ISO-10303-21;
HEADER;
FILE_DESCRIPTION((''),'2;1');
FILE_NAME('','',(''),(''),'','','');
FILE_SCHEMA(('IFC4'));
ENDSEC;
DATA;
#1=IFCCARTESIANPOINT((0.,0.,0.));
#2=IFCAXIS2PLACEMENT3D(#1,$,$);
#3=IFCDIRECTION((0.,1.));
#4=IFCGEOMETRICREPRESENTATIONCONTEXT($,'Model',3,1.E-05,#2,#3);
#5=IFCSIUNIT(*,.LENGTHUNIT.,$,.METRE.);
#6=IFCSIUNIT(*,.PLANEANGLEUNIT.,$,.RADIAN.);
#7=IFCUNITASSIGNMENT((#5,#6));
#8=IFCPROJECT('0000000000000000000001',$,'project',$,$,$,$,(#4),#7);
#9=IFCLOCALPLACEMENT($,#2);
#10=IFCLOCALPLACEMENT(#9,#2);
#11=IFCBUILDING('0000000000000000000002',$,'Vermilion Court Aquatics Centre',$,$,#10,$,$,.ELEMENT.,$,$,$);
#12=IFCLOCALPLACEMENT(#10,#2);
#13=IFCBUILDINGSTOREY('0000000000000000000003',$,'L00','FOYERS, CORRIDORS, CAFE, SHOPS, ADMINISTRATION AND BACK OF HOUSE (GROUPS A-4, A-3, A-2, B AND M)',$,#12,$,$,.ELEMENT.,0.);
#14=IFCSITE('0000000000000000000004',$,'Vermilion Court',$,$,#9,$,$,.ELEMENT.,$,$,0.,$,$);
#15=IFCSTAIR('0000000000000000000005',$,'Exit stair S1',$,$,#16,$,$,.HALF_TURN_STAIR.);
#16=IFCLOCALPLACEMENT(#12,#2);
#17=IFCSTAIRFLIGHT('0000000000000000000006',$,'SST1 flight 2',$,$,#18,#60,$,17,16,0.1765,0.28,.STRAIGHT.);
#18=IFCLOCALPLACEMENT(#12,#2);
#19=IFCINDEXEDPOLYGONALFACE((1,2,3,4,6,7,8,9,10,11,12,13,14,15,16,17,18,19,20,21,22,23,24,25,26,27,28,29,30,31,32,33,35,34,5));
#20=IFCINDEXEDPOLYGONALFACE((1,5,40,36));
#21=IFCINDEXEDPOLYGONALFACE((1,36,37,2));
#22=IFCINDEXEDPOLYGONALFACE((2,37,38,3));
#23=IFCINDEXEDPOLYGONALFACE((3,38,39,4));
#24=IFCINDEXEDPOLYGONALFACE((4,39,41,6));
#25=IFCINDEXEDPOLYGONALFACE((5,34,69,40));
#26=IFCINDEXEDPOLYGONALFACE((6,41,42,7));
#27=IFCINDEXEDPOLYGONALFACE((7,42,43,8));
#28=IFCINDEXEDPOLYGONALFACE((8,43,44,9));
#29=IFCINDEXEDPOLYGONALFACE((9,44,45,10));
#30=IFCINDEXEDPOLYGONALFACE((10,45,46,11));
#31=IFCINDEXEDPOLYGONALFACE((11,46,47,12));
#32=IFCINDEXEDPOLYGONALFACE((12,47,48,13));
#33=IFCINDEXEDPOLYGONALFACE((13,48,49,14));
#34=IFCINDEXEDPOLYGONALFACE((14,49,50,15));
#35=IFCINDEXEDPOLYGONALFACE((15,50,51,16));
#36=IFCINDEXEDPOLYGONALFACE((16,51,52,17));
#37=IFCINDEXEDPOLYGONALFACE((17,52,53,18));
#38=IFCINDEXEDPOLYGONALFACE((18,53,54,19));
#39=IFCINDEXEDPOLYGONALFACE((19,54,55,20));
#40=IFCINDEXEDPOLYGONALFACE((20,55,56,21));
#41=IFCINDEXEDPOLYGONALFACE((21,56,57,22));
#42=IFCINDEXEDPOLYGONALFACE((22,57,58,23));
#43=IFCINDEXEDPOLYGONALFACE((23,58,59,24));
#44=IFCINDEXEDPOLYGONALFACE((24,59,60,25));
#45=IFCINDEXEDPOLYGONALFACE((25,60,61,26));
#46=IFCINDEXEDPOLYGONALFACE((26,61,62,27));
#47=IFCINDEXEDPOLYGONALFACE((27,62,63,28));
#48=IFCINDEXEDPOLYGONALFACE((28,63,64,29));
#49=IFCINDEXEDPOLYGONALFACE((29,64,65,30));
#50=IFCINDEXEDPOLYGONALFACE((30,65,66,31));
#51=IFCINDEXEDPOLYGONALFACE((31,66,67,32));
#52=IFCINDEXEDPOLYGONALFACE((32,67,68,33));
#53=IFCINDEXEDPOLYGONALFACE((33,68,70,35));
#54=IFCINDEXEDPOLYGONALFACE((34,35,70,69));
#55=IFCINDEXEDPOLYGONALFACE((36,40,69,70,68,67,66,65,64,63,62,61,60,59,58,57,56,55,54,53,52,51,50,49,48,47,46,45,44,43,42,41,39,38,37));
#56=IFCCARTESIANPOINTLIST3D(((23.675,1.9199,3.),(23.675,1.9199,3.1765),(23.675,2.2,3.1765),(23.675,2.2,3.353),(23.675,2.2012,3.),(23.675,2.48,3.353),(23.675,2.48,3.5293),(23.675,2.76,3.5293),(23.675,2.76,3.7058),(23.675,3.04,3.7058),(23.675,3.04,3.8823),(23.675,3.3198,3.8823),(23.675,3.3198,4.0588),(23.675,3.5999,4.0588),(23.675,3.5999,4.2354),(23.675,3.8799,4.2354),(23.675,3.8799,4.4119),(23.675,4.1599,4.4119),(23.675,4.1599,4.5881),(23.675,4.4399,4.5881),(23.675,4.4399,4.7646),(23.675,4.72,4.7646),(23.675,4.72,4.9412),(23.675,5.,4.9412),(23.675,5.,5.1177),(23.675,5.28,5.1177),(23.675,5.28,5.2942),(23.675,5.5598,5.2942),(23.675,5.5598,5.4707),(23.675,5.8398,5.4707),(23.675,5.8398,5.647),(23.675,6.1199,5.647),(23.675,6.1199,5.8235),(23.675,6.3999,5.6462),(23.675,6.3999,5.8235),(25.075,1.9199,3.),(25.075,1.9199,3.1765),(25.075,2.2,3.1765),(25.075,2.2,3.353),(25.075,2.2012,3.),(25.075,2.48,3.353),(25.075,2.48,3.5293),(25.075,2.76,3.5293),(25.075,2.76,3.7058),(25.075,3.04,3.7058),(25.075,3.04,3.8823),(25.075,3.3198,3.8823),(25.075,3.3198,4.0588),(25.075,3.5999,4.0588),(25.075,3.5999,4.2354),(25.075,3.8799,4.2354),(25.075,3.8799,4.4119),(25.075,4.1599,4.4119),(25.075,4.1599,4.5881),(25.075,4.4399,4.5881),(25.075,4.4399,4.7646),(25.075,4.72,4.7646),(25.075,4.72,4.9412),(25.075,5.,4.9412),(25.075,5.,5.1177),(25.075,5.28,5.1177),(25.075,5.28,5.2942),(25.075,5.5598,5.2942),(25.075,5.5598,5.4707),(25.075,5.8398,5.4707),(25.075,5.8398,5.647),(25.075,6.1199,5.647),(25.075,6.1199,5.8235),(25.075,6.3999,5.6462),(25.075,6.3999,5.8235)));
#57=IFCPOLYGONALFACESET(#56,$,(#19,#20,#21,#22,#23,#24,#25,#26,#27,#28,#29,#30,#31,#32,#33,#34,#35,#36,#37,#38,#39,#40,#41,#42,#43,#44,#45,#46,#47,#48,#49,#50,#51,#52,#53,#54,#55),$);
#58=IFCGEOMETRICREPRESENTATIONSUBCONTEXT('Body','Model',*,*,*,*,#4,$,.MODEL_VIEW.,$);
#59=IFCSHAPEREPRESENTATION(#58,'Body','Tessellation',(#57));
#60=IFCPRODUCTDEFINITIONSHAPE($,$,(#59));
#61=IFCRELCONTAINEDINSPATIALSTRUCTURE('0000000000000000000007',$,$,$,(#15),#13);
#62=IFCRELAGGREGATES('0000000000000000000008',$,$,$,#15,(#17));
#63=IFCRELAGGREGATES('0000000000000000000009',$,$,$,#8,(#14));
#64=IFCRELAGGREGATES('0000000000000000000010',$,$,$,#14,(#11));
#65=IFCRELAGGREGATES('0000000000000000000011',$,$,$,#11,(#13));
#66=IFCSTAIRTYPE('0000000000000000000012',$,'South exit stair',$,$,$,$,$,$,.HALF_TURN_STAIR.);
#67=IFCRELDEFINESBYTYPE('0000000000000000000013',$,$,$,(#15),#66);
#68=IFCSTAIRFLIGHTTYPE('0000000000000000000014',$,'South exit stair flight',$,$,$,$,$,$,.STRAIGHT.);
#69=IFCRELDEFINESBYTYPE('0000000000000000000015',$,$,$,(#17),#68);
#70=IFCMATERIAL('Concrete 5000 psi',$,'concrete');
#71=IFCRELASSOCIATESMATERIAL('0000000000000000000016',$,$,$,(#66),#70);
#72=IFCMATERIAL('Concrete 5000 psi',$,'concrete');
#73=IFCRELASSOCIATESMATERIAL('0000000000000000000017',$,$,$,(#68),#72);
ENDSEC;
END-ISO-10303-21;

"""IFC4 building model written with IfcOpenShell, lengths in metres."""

from ifc_helpers import new_model, si_unit, direction, frame, origin, place, context, subcontext, project, spatial, polyline, outline, extrude, material, type_object, element, aggregate, save


model = new_model("IFC4")

# Units and contexts
model_context = context("Model", 3, precision=1e-05, world=origin(), true_north=direction((0.0, 1.0)))
body_context = subcontext(model_context, "Body", "Model", "MODEL_VIEW")
ifc_project = project(units=[si_unit("LENGTHUNIT", "METRE"), si_unit("PLANEANGLEUNIT", "RADIAN")], contexts=[model_context])

# Site, building, storey
site_placement = place(None, origin())
site = spatial("IfcSite", under=ifc_project, at=site_placement, Name="Vermilion Court", CompositionType="ELEMENT", RefElevation=0.0)
building_placement = place(site_placement, origin())
building = spatial("IfcBuilding", under=site, at=building_placement, Name="Vermilion Court Aquatics Centre", CompositionType="ELEMENT")
storey_placement = place(building_placement, origin())
storey = spatial("IfcBuildingStorey", under=building, at=storey_placement, Name="L00", Description="FOYERS, CORRIDORS, CAFE, SHOPS, ADMINISTRATION AND BACK OF HOUSE (GROUPS A-4, A-3, A-2, B AND M)", CompositionType="ELEMENT", Elevation=0.0)

# Stair, stair flight
ifc_material_1 = material(Name="Concrete 5000 psi", Category="concrete")
stair_type = type_object("IfcStairType", Name="South exit stair", PredefinedType="HALF_TURN_STAIR", material=ifc_material_1)
stair_placement = place(storey_placement, origin())
stair = element("IfcStair", 1, at=stair_placement, inside=storey, type_object=stair_type, Name="Exit stair S1", PredefinedType="HALF_TURN_STAIR")
ifc_material_2 = material(Name="Concrete 5000 psi", Category="concrete")
stair_flight_type = type_object("IfcStairFlightType", Name="South exit stair flight", PredefinedType="STRAIGHT", material=ifc_material_2)
stair_flight_1_placement = place(storey_placement, frame((24.375, 1.9199, 3.0), z_axis=(0.0, 0.0, 1.0), x_axis=(0.0, 1.0, 0.0)))
stair_flight_1 = element("IfcStairFlight", 2, at=stair_flight_1_placement, type_object=stair_flight_type, Name="SST1 flight 2", NumberOfRisers=17, NumberOfTreads=16, PredefinedType="STRAIGHT", RiserHeight=0.1765, TreadLength=0.28, context=body_context, shape_type="SweptSolid", body=[
    extrude(outline(polyline([(0.0, 0.0), (0.0, 0.1765), (0.28, 0.1765), (0.28, 0.353), (0.5601, 0.353), (0.5601, 0.5293), (0.8401, 0.5293), (0.8401, 0.7058), (1.1201, 0.7058), (1.1201, 0.8823), (1.3999, 0.8823), (1.3999, 1.0588), (1.6799, 1.0588), (1.6799, 1.2354), (1.96, 1.2354), (1.96, 1.4119), (2.24, 1.4119), (2.24, 1.5881), (2.52, 1.5881), (2.52, 1.7646), (2.8, 1.7646), (2.8, 1.9412), (3.0801, 1.9412), (3.0801, 2.1177), (3.3601, 2.1177), (3.3601, 2.2942), (3.6399, 2.2942), (3.6399, 2.4707), (3.9199, 2.4707), (3.9199, 2.647), (4.2, 2.647), (4.2, 2.8235), (4.48, 2.8235), (4.48, 3.0), (4.48, 2.6462), (0.2812, 0.0), (0.0, 0.0)])), frame((0.0, 0.7, 0.0), z_axis=(0.0, -1.0, 0.0), x_axis=(1.0, 0.0, 0.0)), (0.0, 0.0, 1.0), 1.3999),
])
aggregate(stair, [stair_flight_1])

save(model, "model.ifc")
